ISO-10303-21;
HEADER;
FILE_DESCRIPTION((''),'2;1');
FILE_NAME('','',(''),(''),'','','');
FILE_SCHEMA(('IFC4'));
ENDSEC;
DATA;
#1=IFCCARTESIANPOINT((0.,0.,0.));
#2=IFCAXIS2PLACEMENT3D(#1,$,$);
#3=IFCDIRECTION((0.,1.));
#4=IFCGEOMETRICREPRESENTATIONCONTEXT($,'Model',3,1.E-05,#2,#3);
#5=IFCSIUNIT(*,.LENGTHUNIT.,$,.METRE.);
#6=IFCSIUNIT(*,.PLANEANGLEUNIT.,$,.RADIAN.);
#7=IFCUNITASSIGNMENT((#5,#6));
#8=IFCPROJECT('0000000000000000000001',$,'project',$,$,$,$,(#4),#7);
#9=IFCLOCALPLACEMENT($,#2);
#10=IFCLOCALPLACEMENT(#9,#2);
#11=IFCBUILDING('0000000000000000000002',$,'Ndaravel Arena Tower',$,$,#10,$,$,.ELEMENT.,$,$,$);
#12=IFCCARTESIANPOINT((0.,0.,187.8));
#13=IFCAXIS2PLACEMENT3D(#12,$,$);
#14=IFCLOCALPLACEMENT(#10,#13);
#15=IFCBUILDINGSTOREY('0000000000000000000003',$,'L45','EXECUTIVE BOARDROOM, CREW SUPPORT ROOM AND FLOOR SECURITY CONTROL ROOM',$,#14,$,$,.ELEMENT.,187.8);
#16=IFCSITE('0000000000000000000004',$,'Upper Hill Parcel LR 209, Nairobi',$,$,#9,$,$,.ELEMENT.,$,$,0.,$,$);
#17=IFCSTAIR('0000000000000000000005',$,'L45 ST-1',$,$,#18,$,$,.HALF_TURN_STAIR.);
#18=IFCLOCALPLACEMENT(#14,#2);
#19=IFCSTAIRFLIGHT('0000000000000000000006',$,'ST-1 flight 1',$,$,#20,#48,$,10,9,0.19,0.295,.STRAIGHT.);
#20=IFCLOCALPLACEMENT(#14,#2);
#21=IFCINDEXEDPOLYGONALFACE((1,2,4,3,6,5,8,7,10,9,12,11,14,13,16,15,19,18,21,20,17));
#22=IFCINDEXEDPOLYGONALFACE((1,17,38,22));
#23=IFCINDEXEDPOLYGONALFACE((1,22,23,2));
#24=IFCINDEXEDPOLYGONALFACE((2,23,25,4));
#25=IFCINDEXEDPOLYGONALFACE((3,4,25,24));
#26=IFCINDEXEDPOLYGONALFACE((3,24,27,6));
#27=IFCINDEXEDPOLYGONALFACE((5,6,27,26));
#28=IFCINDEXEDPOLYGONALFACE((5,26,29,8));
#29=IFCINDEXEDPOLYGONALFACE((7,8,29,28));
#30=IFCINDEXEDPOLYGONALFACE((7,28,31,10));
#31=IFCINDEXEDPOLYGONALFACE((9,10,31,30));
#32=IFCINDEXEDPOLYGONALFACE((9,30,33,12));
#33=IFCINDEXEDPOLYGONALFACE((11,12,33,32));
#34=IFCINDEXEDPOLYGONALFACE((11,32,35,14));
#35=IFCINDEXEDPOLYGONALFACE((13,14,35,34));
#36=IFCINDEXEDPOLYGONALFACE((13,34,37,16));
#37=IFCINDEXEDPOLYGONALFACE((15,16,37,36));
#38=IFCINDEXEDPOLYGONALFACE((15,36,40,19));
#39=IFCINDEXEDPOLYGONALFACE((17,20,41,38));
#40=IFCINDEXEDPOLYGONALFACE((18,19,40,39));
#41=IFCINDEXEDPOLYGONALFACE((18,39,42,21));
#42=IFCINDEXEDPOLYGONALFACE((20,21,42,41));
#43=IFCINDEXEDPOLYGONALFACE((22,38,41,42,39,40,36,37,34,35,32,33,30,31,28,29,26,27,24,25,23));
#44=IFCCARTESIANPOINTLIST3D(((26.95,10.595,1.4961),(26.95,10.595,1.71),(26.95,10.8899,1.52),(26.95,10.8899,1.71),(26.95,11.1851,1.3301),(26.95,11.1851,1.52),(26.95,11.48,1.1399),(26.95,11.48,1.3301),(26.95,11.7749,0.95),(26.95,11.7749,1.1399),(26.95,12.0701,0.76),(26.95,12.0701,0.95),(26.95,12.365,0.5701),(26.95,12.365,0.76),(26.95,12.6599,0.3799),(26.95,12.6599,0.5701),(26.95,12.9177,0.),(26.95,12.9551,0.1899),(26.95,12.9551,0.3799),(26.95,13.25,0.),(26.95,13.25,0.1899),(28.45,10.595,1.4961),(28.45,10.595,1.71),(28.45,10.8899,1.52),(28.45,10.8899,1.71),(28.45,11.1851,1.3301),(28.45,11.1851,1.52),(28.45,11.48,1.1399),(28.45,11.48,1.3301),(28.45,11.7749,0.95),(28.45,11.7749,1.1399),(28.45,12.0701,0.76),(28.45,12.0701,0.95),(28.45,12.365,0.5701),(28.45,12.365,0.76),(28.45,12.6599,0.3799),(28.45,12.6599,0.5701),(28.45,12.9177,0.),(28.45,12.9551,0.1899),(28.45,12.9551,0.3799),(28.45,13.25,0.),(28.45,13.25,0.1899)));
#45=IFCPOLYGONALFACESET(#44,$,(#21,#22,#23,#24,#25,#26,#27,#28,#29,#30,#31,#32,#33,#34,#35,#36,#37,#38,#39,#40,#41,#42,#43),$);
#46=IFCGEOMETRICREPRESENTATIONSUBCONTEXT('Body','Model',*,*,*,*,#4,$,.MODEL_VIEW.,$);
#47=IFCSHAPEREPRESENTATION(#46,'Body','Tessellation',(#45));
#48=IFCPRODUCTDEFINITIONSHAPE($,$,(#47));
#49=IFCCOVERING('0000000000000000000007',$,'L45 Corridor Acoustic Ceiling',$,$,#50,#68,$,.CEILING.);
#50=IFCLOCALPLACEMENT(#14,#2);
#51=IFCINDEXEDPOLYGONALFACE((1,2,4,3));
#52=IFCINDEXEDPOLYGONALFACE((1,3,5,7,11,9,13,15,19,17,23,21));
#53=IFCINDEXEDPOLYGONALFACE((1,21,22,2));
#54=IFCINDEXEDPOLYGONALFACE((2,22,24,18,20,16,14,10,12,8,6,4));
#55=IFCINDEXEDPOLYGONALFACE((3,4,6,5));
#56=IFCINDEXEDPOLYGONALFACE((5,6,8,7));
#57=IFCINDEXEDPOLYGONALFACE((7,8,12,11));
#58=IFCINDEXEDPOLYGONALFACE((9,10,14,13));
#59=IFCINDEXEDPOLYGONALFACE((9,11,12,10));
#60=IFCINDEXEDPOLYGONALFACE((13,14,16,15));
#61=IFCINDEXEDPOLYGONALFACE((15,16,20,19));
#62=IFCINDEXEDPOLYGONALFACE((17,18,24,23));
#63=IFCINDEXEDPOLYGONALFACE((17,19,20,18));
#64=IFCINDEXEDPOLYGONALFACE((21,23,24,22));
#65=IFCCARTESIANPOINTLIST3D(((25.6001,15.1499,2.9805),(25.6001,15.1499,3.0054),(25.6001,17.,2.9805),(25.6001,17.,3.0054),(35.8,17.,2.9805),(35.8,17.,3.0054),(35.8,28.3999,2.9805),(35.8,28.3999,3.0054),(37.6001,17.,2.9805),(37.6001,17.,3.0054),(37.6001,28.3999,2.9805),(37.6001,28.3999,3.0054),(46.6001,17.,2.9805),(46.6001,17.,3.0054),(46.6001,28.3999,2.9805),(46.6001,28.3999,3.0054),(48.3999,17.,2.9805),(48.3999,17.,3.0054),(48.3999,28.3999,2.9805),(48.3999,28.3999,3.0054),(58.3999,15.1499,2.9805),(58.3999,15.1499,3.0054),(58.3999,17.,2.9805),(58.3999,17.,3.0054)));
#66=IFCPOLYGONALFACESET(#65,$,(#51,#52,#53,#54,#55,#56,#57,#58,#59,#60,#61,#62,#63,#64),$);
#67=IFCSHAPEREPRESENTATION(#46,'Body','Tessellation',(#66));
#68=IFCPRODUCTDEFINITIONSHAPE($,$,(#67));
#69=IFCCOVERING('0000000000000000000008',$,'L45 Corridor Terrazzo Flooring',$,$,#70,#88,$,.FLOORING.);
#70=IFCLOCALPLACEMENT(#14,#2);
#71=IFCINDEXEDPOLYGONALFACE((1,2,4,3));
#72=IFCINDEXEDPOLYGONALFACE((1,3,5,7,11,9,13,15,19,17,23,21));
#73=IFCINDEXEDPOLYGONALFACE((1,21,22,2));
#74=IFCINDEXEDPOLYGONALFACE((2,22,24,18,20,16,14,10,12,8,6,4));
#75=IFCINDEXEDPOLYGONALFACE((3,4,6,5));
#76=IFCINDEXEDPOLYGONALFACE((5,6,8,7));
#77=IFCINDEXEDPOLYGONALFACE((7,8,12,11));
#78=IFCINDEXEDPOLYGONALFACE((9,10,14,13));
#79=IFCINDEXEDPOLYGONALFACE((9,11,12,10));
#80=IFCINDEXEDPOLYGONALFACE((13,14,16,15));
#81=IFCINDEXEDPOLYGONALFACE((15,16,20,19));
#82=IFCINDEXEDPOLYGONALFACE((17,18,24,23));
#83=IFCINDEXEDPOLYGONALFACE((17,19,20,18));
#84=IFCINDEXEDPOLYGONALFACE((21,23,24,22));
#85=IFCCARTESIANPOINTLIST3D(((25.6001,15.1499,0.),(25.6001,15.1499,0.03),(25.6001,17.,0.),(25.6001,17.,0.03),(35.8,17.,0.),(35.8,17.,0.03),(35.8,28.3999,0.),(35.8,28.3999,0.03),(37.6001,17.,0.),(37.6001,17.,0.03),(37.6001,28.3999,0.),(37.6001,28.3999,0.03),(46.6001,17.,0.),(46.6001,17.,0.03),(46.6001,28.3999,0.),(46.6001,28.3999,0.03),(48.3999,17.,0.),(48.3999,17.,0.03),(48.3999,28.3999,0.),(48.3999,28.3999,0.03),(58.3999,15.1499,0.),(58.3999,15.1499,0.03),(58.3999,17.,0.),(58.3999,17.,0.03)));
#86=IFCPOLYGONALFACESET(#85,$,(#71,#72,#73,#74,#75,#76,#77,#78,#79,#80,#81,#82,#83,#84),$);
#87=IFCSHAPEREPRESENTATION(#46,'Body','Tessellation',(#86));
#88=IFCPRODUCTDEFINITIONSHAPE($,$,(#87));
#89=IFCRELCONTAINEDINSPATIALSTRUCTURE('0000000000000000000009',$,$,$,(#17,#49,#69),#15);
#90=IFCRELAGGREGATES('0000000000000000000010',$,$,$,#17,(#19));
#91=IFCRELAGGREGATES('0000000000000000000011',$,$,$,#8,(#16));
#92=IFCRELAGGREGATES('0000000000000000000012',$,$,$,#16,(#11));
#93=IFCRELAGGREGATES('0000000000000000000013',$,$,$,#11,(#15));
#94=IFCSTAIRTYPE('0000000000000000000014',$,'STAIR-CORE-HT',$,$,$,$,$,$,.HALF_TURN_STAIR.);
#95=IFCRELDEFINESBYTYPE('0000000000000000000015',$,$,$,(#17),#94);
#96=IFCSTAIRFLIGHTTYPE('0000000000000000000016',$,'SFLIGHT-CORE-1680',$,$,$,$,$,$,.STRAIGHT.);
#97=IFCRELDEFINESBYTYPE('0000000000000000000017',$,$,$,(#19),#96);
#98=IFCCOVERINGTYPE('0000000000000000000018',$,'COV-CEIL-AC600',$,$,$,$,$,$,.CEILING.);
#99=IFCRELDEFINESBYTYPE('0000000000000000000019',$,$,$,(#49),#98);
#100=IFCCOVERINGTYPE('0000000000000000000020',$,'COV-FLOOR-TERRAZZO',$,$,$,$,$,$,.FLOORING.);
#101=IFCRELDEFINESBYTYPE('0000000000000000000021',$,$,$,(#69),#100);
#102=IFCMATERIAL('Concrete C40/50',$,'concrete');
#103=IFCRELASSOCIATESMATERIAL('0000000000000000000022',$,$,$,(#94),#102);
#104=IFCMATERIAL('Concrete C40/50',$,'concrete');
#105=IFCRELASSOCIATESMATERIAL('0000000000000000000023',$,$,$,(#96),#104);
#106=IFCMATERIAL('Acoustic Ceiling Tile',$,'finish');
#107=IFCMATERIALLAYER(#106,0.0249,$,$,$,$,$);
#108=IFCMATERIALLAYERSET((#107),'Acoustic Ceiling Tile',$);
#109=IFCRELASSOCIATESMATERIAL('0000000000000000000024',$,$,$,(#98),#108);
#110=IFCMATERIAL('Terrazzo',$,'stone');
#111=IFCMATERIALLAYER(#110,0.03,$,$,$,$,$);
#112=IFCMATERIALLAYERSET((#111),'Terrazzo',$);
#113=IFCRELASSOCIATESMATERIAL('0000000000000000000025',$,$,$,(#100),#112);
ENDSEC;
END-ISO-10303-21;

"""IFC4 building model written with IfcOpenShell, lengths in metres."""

from ifc_helpers import new_model, si_unit, direction, frame, origin, place, context, subcontext, project, spatial, polyline, outline, extrude, material, layer, layer_set, type_object, element, aggregate, save


model = new_model("IFC4")

# Units and contexts
model_context = context("Model", 3, precision=1e-05, world=origin(), true_north=direction((0.0, 1.0)))
body_context = subcontext(model_context, "Body", "Model", "MODEL_VIEW")
ifc_project = project(units=[si_unit("LENGTHUNIT", "METRE"), si_unit("PLANEANGLEUNIT", "RADIAN")], contexts=[model_context])

# Site, building, storey
site_placement = place(None, origin())
site = spatial("IfcSite", under=ifc_project, at=site_placement, Name="Upper Hill Parcel LR 209, Nairobi", CompositionType="ELEMENT", RefElevation=0.0)
building_placement = place(site_placement, origin())
building = spatial("IfcBuilding", under=site, at=building_placement, Name="Ndaravel Arena Tower", CompositionType="ELEMENT")
storey_placement = place(building_placement, frame((0.0, 0.0, 187.8)))
storey = spatial("IfcBuildingStorey", under=building, at=storey_placement, Name="L45", Description="EXECUTIVE BOARDROOM, CREW SUPPORT ROOM AND FLOOR SECURITY CONTROL ROOM", CompositionType="ELEMENT", Elevation=187.8)

# Stair
ifc_material_1 = material(Name="Concrete C40/50", Category="concrete")
stair_type = type_object("IfcStairType", Name="STAIR-CORE-HT", PredefinedType="HALF_TURN_STAIR", material=ifc_material_1)
stair_1_placement = place(storey_placement, origin())
stair_1 = element("IfcStair", 1, at=stair_1_placement, inside=storey, type_object=stair_type, Name="L45 ST-1", PredefinedType="HALF_TURN_STAIR")

# Stair flight
ifc_material_2 = material(Name="Concrete C40/50", Category="concrete")
stair_flight_type = type_object("IfcStairFlightType", Name="SFLIGHT-CORE-1680", PredefinedType="STRAIGHT", material=ifc_material_2)
stair_flight_placement = place(storey_placement, frame((27.7, 13.25, 0.0), z_axis=(0.0, 0.0, 1.0), x_axis=(0.0, -1.0, 0.0)))
stair_flight = element("IfcStairFlight", 2, at=stair_flight_placement, type_object=stair_flight_type, Name="ST-1 flight 1", NumberOfRisers=10, NumberOfTreads=9, PredefinedType="STRAIGHT", RiserHeight=0.19, TreadLength=0.295, context=body_context, shape_type="SweptSolid", body=[
    extrude(outline(polyline([(0.0, 0.0), (0.0, 0.1899), (0.2949, 0.1899), (0.2949, 0.3799), (0.5901, 0.3799), (0.5901, 0.5701), (0.885, 0.5701), (0.885, 0.76), (1.1799, 0.76), (1.1799, 0.95), (1.4751, 0.95), (1.4751, 1.1399), (1.77, 1.1399), (1.77, 1.3301), (2.0649, 1.3301), (2.0649, 1.52), (2.3601, 1.52), (2.3601, 1.71), (2.655, 1.71), (2.655, 1.8999), (2.655, 1.4961), (0.3323, 0.0), (0.0, 0.0)])), frame((0.0, 0.75, 0.0), z_axis=(0.0, -1.0, 0.0), x_axis=(1.0, 0.0, 0.0)), (0.0, 0.0, 1.0), 1.5),
])
aggregate(stair_1, [stair_flight])

# Coverings
ifc_material_3 = material(Name="Acoustic Ceiling Tile", Category="finish")
ifc_layer_1 = layer(ifc_material_3, 0.0249)
ifc_layer_set_1 = layer_set([ifc_layer_1], Name="Acoustic Ceiling Tile")
covering_type_1 = type_object("IfcCoveringType", Name="COV-CEIL-AC600", PredefinedType="CEILING", material=ifc_layer_set_1)
covering_1_placement = place(storey_placement, frame((0.0, 0.0, 2.9805)))
element("IfcCovering", 3, at=covering_1_placement, inside=storey, type_object=covering_type_1, Name="L45 Corridor Acoustic Ceiling", PredefinedType="CEILING", context=body_context, shape_type="SweptSolid", body=[
    extrude(outline(polyline([(58.3999, 17.0), (48.3999, 17.0), (48.3999, 28.3999), (46.6001, 28.3999), (46.6001, 17.0), (37.6001, 17.0), (37.6001, 28.3999), (35.8, 28.3999), (35.8, 17.0), (25.6001, 17.0), (25.6001, 15.1499), (58.3999, 15.1499), (58.3999, 17.0)])), origin(), (0.0, 0.0, 1.0), 0.0249),
])
ifc_material_4 = material(Name="Terrazzo", Category="stone")
ifc_layer_2 = layer(ifc_material_4, 0.03)
ifc_layer_set_2 = layer_set([ifc_layer_2], Name="Terrazzo")
covering_type_2 = type_object("IfcCoveringType", Name="COV-FLOOR-TERRAZZO", PredefinedType="FLOORING", material=ifc_layer_set_2)
covering_2_placement = place(storey_placement, origin())
element("IfcCovering", 4, at=covering_2_placement, inside=storey, type_object=covering_type_2, Name="L45 Corridor Terrazzo Flooring", PredefinedType="FLOORING", context=body_context, shape_type="SweptSolid", body=[
    extrude(outline(polyline([(58.3999, 17.0), (48.3999, 17.0), (48.3999, 28.3999), (46.6001, 28.3999), (46.6001, 17.0), (37.6001, 17.0), (37.6001, 28.3999), (35.8, 28.3999), (35.8, 17.0), (25.6001, 17.0), (25.6001, 15.1499), (58.3999, 15.1499), (58.3999, 17.0)])), origin(), (0.0, 0.0, 1.0), 0.03),
])

save(model, "model.ifc")
